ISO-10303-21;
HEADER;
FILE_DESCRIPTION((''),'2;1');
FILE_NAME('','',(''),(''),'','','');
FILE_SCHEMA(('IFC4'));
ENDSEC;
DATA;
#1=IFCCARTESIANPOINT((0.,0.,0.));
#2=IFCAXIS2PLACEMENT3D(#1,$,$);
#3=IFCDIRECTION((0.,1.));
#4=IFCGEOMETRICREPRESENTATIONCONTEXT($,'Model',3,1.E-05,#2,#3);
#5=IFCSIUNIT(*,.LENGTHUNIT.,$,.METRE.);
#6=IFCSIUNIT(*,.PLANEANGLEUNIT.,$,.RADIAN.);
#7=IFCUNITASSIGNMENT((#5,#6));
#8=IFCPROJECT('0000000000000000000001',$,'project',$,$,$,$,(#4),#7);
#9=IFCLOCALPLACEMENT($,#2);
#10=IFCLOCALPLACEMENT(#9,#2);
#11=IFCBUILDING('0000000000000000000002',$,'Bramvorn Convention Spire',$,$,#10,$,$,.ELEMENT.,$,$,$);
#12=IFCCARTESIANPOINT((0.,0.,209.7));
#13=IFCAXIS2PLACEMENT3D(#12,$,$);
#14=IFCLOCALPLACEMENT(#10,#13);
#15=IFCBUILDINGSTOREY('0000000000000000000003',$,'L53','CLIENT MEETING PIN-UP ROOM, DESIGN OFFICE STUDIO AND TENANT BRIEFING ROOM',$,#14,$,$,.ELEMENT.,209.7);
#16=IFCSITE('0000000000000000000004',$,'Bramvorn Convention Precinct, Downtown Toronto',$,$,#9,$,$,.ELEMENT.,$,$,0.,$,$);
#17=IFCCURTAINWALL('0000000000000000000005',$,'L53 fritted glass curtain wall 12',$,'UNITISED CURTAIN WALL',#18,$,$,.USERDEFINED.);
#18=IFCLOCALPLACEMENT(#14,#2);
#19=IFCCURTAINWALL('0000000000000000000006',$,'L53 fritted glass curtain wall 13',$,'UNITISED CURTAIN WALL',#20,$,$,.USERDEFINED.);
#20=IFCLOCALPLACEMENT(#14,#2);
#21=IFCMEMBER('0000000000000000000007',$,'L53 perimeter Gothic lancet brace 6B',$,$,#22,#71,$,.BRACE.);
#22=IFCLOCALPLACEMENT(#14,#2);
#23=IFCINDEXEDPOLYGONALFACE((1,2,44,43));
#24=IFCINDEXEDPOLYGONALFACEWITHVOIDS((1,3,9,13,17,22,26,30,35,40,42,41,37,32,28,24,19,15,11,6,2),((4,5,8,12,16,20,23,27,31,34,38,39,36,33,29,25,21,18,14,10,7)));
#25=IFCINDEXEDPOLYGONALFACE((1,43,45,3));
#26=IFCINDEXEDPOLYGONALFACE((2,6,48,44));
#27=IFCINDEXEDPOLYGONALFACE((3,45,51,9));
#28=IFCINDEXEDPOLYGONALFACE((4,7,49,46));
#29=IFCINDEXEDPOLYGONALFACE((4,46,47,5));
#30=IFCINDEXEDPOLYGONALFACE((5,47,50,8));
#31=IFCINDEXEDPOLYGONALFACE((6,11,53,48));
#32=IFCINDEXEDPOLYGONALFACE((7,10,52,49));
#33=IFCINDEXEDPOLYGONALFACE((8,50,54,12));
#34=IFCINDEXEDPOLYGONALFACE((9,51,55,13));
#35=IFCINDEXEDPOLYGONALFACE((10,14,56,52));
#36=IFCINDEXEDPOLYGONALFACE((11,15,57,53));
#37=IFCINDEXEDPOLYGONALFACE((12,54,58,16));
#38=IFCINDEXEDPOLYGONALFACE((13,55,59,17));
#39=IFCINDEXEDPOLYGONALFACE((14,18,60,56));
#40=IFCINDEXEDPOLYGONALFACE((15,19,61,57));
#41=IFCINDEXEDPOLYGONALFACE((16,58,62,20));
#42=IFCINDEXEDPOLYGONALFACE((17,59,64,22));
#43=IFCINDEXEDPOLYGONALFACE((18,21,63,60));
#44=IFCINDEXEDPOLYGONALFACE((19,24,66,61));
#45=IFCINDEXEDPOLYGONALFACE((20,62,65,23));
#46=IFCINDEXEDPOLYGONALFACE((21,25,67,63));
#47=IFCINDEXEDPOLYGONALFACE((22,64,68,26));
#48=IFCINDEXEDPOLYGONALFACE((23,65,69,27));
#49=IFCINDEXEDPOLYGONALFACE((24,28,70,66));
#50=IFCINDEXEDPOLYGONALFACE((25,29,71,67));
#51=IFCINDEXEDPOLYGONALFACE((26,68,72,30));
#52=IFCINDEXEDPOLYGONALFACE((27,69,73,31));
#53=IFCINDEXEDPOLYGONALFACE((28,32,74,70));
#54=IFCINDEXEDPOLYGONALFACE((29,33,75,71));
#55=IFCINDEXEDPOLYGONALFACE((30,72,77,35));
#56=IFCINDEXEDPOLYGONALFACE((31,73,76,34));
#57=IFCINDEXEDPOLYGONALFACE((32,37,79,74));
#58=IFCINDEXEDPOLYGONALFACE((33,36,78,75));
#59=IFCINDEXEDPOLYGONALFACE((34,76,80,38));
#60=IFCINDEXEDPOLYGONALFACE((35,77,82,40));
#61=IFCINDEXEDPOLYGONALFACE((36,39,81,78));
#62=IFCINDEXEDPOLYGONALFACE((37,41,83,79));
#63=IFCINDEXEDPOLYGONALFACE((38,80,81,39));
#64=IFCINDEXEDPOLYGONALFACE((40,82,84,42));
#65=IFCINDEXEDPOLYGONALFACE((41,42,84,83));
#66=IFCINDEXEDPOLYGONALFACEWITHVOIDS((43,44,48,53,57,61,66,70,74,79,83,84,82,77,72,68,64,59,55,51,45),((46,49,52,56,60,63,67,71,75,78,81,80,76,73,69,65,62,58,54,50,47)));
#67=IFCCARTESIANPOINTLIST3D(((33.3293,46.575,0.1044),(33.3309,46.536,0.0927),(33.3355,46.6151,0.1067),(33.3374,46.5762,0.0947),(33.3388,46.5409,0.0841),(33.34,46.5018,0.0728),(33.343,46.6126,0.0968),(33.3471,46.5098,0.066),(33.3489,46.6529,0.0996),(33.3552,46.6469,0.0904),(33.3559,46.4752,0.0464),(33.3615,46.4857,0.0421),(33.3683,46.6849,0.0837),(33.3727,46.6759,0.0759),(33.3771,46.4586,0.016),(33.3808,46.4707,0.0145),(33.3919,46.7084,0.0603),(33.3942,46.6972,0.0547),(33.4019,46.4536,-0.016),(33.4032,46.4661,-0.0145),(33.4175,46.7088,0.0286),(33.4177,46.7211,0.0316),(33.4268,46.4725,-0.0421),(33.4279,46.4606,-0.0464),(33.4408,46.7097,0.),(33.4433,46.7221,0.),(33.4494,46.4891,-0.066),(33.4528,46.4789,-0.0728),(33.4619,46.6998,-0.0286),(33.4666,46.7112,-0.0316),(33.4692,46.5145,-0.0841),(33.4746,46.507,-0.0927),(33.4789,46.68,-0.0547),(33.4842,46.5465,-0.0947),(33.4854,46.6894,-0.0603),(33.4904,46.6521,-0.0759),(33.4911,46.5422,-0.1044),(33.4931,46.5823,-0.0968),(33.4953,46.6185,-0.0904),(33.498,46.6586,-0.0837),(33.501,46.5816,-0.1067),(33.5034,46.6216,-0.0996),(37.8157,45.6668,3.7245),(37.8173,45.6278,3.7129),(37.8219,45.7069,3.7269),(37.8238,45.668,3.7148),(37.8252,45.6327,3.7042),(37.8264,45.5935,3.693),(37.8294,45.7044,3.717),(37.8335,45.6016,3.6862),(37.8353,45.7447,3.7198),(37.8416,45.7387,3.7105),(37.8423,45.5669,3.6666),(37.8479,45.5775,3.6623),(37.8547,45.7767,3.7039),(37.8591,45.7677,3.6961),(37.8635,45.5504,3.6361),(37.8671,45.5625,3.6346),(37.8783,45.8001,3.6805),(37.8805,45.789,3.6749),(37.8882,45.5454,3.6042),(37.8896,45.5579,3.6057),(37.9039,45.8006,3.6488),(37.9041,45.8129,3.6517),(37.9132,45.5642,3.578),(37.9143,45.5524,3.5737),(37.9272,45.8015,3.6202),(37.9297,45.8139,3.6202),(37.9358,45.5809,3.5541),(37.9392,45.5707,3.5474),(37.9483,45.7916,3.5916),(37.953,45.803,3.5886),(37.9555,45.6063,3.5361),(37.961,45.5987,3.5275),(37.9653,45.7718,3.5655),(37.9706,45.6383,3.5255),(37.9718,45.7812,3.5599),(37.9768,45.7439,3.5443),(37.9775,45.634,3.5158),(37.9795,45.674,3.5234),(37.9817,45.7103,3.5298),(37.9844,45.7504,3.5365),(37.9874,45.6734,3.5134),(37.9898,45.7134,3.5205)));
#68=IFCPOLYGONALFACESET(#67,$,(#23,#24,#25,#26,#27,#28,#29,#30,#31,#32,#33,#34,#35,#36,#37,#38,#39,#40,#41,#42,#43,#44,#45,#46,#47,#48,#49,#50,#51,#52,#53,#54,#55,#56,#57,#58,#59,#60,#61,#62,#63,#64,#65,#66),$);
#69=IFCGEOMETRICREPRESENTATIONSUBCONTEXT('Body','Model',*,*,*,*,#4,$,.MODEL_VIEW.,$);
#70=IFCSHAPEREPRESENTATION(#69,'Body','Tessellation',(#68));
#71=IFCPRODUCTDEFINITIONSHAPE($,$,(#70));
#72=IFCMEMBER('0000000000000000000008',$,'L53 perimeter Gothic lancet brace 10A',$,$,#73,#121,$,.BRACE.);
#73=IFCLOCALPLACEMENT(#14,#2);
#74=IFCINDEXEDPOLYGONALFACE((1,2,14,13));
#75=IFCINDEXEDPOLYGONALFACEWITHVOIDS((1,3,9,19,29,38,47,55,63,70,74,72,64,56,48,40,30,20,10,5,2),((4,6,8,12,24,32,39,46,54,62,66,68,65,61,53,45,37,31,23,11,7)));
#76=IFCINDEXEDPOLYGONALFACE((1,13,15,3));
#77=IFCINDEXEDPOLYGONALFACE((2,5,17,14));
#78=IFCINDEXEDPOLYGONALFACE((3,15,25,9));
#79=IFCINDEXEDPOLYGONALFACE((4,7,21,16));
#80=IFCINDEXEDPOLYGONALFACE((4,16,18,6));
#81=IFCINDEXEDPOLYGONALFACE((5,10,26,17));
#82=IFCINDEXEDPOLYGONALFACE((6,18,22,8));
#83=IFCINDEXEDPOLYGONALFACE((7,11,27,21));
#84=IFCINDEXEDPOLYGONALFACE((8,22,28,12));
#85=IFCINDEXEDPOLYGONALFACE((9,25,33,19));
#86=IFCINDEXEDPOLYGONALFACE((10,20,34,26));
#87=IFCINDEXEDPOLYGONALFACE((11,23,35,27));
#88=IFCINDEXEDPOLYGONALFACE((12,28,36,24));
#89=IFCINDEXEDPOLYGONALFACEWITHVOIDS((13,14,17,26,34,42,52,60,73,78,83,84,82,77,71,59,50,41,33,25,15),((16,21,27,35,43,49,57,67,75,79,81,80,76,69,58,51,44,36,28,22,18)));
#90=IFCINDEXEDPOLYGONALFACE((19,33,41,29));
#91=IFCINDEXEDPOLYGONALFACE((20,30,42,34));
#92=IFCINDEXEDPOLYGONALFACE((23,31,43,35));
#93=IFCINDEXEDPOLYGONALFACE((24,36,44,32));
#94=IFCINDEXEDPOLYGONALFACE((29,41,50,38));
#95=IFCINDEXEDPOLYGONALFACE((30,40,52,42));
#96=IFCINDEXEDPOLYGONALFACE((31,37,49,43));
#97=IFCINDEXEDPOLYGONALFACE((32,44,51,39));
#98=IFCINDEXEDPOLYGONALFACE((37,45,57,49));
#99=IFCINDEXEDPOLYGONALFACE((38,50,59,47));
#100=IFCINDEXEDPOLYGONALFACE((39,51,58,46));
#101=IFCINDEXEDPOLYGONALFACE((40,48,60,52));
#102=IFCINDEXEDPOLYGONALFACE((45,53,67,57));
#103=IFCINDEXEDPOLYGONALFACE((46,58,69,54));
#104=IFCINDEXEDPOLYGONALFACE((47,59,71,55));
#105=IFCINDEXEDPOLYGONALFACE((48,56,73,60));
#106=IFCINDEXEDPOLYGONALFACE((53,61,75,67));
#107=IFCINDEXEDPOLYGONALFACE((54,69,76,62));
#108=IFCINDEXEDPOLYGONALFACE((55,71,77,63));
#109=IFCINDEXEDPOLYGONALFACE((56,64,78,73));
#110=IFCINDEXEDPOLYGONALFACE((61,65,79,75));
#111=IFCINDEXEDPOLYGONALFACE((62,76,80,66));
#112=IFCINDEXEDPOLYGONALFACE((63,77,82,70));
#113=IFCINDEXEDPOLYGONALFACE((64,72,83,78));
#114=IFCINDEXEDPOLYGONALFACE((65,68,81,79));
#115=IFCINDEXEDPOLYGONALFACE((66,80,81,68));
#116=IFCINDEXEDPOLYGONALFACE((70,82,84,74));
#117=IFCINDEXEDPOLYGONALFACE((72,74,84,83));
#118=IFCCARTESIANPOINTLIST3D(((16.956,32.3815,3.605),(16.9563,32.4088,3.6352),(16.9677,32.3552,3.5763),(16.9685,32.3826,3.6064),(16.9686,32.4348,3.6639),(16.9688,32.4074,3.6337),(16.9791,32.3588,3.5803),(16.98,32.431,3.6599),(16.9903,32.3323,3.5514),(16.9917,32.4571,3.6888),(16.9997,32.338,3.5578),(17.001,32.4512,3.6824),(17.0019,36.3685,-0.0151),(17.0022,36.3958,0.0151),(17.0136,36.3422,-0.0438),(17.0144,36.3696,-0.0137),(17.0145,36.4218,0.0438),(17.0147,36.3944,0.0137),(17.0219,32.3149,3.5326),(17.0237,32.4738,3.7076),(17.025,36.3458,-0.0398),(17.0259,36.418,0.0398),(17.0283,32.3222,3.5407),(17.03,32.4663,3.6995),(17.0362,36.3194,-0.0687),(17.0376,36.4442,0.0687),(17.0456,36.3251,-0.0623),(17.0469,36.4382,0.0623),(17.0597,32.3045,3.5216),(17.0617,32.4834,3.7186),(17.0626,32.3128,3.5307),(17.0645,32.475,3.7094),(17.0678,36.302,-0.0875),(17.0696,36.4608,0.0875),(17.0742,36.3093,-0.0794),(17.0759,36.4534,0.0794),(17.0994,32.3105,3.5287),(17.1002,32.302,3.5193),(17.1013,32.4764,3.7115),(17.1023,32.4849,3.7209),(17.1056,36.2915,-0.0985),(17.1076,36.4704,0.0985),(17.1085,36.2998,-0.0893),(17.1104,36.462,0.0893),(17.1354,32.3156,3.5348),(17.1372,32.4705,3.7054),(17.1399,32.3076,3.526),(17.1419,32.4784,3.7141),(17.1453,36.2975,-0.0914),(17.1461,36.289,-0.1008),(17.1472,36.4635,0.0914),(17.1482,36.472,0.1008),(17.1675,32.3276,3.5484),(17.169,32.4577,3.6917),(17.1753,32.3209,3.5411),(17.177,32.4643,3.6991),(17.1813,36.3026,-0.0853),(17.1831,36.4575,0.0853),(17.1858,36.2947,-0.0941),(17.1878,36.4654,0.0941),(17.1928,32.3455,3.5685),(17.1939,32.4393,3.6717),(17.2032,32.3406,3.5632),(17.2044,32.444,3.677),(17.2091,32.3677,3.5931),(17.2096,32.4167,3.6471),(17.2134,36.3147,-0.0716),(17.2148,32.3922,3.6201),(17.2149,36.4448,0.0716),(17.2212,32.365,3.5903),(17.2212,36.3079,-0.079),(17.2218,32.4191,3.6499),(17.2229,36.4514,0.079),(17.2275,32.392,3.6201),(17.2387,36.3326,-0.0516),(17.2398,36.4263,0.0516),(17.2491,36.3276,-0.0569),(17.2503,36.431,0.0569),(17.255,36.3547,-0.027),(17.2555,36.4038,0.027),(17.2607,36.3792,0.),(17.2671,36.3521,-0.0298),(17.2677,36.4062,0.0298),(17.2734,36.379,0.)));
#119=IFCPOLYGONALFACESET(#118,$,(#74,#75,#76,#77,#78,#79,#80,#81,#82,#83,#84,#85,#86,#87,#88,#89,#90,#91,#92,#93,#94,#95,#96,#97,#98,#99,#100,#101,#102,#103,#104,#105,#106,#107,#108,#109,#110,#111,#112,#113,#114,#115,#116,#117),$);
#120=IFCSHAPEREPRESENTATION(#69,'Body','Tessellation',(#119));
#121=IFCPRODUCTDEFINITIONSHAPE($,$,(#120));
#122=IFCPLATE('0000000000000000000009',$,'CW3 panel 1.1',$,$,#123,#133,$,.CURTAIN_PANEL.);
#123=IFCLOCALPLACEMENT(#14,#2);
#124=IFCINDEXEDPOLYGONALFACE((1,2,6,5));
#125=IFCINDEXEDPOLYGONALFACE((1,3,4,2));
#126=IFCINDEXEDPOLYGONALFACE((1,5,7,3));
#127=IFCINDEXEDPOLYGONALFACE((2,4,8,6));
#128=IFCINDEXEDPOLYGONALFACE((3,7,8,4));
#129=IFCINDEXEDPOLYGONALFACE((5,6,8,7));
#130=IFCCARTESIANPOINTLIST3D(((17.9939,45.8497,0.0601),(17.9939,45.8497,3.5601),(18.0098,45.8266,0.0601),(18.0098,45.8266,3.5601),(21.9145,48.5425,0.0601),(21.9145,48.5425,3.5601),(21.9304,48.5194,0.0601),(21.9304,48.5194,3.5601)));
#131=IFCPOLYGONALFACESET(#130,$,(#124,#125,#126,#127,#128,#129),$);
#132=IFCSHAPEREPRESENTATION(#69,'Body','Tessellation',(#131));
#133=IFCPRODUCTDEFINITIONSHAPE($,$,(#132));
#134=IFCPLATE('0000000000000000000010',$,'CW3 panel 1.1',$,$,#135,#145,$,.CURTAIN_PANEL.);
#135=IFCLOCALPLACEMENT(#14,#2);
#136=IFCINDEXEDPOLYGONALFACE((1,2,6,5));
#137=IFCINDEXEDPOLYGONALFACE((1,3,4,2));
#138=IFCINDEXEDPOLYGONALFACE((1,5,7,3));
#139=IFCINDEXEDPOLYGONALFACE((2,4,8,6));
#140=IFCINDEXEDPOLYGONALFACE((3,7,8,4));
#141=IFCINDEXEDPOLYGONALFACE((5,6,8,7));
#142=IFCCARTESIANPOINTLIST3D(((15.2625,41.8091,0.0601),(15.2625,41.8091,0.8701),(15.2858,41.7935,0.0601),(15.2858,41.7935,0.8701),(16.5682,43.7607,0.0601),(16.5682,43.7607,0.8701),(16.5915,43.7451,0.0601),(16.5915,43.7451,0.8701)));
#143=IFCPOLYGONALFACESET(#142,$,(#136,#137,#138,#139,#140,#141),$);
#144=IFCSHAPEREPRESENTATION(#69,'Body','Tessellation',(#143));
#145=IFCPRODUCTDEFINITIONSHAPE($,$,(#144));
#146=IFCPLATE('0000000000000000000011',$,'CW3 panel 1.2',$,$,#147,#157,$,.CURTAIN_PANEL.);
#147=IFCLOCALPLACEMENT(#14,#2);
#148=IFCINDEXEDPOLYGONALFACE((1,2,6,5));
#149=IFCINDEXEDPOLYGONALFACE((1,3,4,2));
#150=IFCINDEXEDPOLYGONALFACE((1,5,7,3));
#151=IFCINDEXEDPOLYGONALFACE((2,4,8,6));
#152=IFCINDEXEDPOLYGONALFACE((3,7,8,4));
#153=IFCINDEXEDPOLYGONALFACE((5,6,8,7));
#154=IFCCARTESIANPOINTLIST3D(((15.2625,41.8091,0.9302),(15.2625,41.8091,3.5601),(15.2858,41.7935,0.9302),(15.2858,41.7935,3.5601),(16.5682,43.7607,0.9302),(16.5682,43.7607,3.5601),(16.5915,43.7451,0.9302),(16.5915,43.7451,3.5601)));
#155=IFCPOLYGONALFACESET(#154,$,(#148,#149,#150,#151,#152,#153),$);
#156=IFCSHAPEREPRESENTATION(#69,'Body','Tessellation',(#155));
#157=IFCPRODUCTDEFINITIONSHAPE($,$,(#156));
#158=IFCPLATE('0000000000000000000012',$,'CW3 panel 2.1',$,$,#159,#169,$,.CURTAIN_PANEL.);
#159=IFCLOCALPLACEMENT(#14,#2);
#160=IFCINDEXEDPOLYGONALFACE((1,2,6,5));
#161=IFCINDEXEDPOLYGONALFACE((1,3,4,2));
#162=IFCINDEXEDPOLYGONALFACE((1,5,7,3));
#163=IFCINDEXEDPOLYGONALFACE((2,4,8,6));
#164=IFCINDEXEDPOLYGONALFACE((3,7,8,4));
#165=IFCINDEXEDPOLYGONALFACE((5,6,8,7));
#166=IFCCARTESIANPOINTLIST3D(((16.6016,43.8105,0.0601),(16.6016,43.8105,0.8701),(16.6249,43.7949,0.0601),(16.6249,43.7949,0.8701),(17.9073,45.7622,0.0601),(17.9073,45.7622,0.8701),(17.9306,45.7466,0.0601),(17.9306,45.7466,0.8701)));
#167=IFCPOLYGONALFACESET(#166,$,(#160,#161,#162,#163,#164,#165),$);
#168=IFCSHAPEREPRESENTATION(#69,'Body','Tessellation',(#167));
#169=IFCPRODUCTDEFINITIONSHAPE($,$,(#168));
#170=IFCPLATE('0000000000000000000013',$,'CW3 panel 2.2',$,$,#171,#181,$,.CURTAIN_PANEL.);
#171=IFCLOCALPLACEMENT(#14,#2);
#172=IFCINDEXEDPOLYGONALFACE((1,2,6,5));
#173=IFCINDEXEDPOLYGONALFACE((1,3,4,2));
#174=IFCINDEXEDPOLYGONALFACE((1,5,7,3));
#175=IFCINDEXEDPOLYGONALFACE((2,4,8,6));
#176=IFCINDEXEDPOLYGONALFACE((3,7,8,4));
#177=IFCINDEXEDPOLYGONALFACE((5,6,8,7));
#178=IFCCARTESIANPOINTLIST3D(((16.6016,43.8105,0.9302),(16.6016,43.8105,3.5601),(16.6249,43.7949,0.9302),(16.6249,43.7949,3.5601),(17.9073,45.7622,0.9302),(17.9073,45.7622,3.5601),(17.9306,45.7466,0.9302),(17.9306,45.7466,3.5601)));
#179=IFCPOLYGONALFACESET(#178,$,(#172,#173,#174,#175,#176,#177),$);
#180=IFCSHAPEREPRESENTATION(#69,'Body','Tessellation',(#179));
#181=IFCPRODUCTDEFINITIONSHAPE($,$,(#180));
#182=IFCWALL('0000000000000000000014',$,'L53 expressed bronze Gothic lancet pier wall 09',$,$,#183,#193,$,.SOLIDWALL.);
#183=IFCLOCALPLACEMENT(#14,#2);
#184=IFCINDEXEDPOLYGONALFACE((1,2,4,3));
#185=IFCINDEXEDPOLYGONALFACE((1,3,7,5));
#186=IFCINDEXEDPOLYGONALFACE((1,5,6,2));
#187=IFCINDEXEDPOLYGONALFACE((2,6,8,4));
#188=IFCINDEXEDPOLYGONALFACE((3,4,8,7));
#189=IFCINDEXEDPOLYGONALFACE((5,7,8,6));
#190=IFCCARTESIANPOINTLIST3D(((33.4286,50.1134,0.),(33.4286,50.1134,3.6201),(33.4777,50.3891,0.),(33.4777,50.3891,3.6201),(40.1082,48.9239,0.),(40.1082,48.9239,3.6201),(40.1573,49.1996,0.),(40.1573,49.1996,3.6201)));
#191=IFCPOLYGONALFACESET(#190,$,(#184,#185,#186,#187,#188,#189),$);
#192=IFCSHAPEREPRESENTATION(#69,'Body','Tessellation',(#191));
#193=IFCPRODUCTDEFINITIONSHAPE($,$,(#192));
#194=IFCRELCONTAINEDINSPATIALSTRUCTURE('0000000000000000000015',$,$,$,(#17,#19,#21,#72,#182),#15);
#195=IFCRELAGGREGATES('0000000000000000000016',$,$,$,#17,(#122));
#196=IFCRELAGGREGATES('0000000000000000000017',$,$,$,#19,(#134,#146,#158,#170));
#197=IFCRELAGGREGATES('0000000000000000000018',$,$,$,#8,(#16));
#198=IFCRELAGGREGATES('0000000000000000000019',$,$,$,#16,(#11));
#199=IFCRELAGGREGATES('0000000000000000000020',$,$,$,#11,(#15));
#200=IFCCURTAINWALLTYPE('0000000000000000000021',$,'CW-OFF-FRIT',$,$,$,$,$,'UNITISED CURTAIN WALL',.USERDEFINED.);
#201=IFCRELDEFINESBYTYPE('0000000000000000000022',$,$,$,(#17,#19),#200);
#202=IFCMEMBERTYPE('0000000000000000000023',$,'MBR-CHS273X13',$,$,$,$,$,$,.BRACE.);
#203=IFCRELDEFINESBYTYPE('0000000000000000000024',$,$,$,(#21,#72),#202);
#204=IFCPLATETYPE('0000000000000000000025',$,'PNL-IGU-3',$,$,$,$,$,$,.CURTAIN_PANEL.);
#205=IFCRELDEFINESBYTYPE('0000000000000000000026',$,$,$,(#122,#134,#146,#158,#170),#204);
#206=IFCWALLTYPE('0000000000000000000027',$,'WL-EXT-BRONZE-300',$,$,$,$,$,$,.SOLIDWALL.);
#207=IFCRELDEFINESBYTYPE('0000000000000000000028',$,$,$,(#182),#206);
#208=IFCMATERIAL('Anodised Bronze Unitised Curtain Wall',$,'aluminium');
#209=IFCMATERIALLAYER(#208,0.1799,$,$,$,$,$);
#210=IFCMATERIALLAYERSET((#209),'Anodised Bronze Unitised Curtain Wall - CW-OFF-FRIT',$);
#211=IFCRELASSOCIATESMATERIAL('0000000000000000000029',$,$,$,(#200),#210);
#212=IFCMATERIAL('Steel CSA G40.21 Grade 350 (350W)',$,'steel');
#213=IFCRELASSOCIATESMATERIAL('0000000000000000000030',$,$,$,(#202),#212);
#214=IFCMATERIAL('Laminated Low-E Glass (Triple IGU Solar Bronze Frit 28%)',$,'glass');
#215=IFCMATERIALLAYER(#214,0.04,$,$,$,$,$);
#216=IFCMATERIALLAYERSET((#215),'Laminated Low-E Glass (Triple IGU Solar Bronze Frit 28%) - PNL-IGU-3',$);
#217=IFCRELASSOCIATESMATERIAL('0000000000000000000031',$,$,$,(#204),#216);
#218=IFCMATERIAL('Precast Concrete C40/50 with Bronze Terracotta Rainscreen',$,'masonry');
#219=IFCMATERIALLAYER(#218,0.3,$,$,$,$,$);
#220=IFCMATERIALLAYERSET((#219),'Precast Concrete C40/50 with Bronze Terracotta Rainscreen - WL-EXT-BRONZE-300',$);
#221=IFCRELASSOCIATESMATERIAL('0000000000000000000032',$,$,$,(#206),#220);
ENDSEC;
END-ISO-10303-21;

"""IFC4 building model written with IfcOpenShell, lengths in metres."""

from ifc_helpers import new_model, si_unit, direction, frame, frame_2d, origin, origin_2d, place, context, subcontext, project, spatial, rectangle, hollow_circle, extrude, material, layer, layer_set, material_profile, profile_set, type_object, element, aggregate, save


model = new_model("IFC4")

# Units and contexts
model_context = context("Model", 3, precision=1e-05, world=origin(), true_north=direction((0.0, 1.0)))
body_context = subcontext(model_context, "Body", "Model", "MODEL_VIEW")
ifc_project = project(units=[si_unit("LENGTHUNIT", "METRE"), si_unit("PLANEANGLEUNIT", "RADIAN")], contexts=[model_context])

# Site, building, storey
site_placement = place(None, origin())
site = spatial("IfcSite", under=ifc_project, at=site_placement, Name="Bramvorn Convention Precinct, Downtown Toronto", CompositionType="ELEMENT", RefElevation=0.0)
building_placement = place(site_placement, origin())
building = spatial("IfcBuilding", under=site, at=building_placement, Name="Bramvorn Convention Spire", CompositionType="ELEMENT")
storey_placement = place(building_placement, frame((0.0, 0.0, 209.7)))
storey = spatial("IfcBuildingStorey", under=building, at=storey_placement, Name="L53", Description="CLIENT MEETING PIN-UP ROOM, DESIGN OFFICE STUDIO AND TENANT BRIEFING ROOM", CompositionType="ELEMENT", Elevation=209.7)

# Shared definitions
ifc_material_1 = material(Name="Steel CSA G40.21 Grade 350 (350W)", Category="steel")

# Curtain walls
ifc_material_2 = material(Name="Anodised Bronze Unitised Curtain Wall", Category="aluminium")
ifc_layer_1 = layer(ifc_material_2, 0.1799)
ifc_layer_set_1 = layer_set([ifc_layer_1], Name="Anodised Bronze Unitised Curtain Wall - CW-OFF-FRIT")
curtain_wall_type = type_object("IfcCurtainWallType", Name="CW-OFF-FRIT", ElementType="UNITISED CURTAIN WALL", PredefinedType="USERDEFINED", material=ifc_layer_set_1)
curtain_wall_1_placement = place(storey_placement, origin())
curtain_wall_1 = element("IfcCurtainWall", 1, at=curtain_wall_1_placement, inside=storey, type_object=curtain_wall_type, Name="L53 fritted glass curtain wall 12", ObjectType="UNITISED CURTAIN WALL", PredefinedType="USERDEFINED")
curtain_wall_2_placement = place(storey_placement, origin())
curtain_wall_2 = element("IfcCurtainWall", 2, at=curtain_wall_2_placement, inside=storey, type_object=curtain_wall_type, Name="L53 fritted glass curtain wall 13", ObjectType="UNITISED CURTAIN WALL", PredefinedType="USERDEFINED")

# Members
ifc_material_profile_1 = material_profile(ifc_material_1, hollow_circle(Radius=0.1365, WallThickness=0.0127, at=origin_2d()))
ifc_profile_set_1 = profile_set([ifc_material_profile_1], Name="Steel CSA G40.21 Grade 350 (350W) - CHS273X13")
member_type_1 = type_object("IfcMemberType", Name="MBR-CHS273X13", PredefinedType="BRACE", material=ifc_profile_set_1)
member_1_placement = place(storey_placement, frame((33.4163, 46.5884, 0.0), z_axis=(0.768752, -0.155625, 0.620323), x_axis=(0.198413, 0.980118, 0.0)))
element("IfcMember", 3, at=member_1_placement, inside=storey, type_object=member_type_1, Name="L53 perimeter Gothic lancet brace 6B", PredefinedType="BRACE", context=body_context, shape_type="SweptSolid", body=[
    extrude(hollow_circle(Radius=0.1365, WallThickness=0.0127, at=origin_2d()), origin(), (0.0, 0.0, 1.0), 5.8359),
])
member_2_placement = place(storey_placement, frame((17.137, 36.3806, 0.0), z_axis=(-0.008523, -0.740327, 0.672192), x_axis=(0.999934, -0.011511, 0.0)))
element("IfcMember", 4, at=member_2_placement, inside=storey, type_object=member_type_1, Name="L53 perimeter Gothic lancet brace 10A", PredefinedType="BRACE", context=body_context, shape_type="SweptSolid", body=[
    extrude(hollow_circle(Radius=0.1365, WallThickness=0.0127, at=origin_2d()), origin(), (0.0, 0.0, 1.0), 5.3855),
])

# Plates
ifc_material_3 = material(Name="Laminated Low-E Glass (Triple IGU Solar Bronze Frit 28%)", Category="glass")
ifc_layer_2 = layer(ifc_material_3, 0.04)
ifc_layer_set_2 = layer_set([ifc_layer_2], Name="Laminated Low-E Glass (Triple IGU Solar Bronze Frit 28%) - PNL-IGU-3")
plate_type = type_object("IfcPlateType", Name="PNL-IGU-3", PredefinedType="CURTAIN_PANEL", material=ifc_layer_set_2)
plate_1_placement = place(storey_placement, frame((19.9622, 47.1846, 0.0601), z_axis=(0.0, 0.0, 1.0), x_axis=(0.824301, 0.566152, 0.0)))
plate_1 = element("IfcPlate", 5, at=plate_1_placement, type_object=plate_type, Name="CW3 panel 1.1", PredefinedType="CURTAIN_PANEL", context=body_context, shape_type="SweptSolid", body=[
    extrude(rectangle(XDim=4.7563, YDim=0.0281, at=origin_2d()), origin(), (0.0, 0.0, 1.0), 3.5),
])
aggregate(curtain_wall_1, [plate_1])
plate_2_placement = place(storey_placement, frame((15.927, 42.7771, 0.0601), z_axis=(0.0, 0.0, 1.0), x_axis=(0.556058, 0.831144, 0.0)))
plate_2 = element("IfcPlate", 6, at=plate_2_placement, type_object=plate_type, Name="CW3 panel 1.1", PredefinedType="CURTAIN_PANEL", context=body_context, shape_type="SweptSolid", body=[
    extrude(rectangle(XDim=2.3481, YDim=0.0281, at=origin_2d()), origin(), (0.0, 0.0, 1.0), 0.8101),
])
plate_3_placement = place(storey_placement, frame((15.927, 42.7771, 0.9302), z_axis=(0.0, 0.0, 1.0), x_axis=(0.556058, 0.831144, 0.0)))
plate_3 = element("IfcPlate", 7, at=plate_3_placement, type_object=plate_type, Name="CW3 panel 1.2", PredefinedType="CURTAIN_PANEL", context=body_context, shape_type="SweptSolid", body=[
    extrude(rectangle(XDim=2.3481, YDim=0.0281, at=origin_2d()), origin(), (0.0, 0.0, 1.0), 2.6299),
])
plate_4_placement = place(storey_placement, frame((17.2661, 44.7786, 0.0601), z_axis=(0.0, 0.0, 1.0), x_axis=(0.556058, 0.831144, 0.0)))
plate_4 = element("IfcPlate", 8, at=plate_4_placement, type_object=plate_type, Name="CW3 panel 2.1", PredefinedType="CURTAIN_PANEL", context=body_context, shape_type="SweptSolid", body=[
    extrude(rectangle(XDim=2.3481, YDim=0.0281, at=origin_2d()), origin(), (0.0, 0.0, 1.0), 0.8101),
])
plate_5_placement = place(storey_placement, frame((17.2661, 44.7786, 0.9302), z_axis=(0.0, 0.0, 1.0), x_axis=(0.556058, 0.831144, 0.0)))
plate_5 = element("IfcPlate", 9, at=plate_5_placement, type_object=plate_type, Name="CW3 panel 2.2", PredefinedType="CURTAIN_PANEL", context=body_context, shape_type="SweptSolid", body=[
    extrude(rectangle(XDim=2.3481, YDim=0.0281, at=origin_2d()), origin(), (0.0, 0.0, 1.0), 2.6299),
])
aggregate(curtain_wall_2, [plate_2, plate_3, plate_4, plate_5])

# Wall
ifc_material_4 = material(Name="Precast Concrete C40/50 with Bronze Terracotta Rainscreen", Category="masonry")
ifc_layer_3 = layer(ifc_material_4, 0.3)
ifc_layer_set_3 = layer_set([ifc_layer_3], Name="Precast Concrete C40/50 with Bronze Terracotta Rainscreen - WL-EXT-BRONZE-300")
wall_type = type_object("IfcWallType", Name="WL-EXT-BRONZE-300", PredefinedType="SOLIDWALL", material=ifc_layer_set_3)
wall_1_placement = place(storey_placement, frame((33.4531, 50.2512, 0.0), z_axis=(0.0, 0.0, 1.0), x_axis=(0.984513, -0.175312, 0.0)))
element("IfcWall", 10, at=wall_1_placement, inside=storey, type_object=wall_type, Name="L53 expressed bronze Gothic lancet pier wall 09", PredefinedType="SOLIDWALL", context=body_context, shape_type="SweptSolid", body=[
    extrude(rectangle(XDim=6.7847, YDim=0.28, at=frame_2d((3.3923, 0.0))), origin(), (0.0, 0.0, 1.0), 3.6201),
])

save(model, "model.ifc")
